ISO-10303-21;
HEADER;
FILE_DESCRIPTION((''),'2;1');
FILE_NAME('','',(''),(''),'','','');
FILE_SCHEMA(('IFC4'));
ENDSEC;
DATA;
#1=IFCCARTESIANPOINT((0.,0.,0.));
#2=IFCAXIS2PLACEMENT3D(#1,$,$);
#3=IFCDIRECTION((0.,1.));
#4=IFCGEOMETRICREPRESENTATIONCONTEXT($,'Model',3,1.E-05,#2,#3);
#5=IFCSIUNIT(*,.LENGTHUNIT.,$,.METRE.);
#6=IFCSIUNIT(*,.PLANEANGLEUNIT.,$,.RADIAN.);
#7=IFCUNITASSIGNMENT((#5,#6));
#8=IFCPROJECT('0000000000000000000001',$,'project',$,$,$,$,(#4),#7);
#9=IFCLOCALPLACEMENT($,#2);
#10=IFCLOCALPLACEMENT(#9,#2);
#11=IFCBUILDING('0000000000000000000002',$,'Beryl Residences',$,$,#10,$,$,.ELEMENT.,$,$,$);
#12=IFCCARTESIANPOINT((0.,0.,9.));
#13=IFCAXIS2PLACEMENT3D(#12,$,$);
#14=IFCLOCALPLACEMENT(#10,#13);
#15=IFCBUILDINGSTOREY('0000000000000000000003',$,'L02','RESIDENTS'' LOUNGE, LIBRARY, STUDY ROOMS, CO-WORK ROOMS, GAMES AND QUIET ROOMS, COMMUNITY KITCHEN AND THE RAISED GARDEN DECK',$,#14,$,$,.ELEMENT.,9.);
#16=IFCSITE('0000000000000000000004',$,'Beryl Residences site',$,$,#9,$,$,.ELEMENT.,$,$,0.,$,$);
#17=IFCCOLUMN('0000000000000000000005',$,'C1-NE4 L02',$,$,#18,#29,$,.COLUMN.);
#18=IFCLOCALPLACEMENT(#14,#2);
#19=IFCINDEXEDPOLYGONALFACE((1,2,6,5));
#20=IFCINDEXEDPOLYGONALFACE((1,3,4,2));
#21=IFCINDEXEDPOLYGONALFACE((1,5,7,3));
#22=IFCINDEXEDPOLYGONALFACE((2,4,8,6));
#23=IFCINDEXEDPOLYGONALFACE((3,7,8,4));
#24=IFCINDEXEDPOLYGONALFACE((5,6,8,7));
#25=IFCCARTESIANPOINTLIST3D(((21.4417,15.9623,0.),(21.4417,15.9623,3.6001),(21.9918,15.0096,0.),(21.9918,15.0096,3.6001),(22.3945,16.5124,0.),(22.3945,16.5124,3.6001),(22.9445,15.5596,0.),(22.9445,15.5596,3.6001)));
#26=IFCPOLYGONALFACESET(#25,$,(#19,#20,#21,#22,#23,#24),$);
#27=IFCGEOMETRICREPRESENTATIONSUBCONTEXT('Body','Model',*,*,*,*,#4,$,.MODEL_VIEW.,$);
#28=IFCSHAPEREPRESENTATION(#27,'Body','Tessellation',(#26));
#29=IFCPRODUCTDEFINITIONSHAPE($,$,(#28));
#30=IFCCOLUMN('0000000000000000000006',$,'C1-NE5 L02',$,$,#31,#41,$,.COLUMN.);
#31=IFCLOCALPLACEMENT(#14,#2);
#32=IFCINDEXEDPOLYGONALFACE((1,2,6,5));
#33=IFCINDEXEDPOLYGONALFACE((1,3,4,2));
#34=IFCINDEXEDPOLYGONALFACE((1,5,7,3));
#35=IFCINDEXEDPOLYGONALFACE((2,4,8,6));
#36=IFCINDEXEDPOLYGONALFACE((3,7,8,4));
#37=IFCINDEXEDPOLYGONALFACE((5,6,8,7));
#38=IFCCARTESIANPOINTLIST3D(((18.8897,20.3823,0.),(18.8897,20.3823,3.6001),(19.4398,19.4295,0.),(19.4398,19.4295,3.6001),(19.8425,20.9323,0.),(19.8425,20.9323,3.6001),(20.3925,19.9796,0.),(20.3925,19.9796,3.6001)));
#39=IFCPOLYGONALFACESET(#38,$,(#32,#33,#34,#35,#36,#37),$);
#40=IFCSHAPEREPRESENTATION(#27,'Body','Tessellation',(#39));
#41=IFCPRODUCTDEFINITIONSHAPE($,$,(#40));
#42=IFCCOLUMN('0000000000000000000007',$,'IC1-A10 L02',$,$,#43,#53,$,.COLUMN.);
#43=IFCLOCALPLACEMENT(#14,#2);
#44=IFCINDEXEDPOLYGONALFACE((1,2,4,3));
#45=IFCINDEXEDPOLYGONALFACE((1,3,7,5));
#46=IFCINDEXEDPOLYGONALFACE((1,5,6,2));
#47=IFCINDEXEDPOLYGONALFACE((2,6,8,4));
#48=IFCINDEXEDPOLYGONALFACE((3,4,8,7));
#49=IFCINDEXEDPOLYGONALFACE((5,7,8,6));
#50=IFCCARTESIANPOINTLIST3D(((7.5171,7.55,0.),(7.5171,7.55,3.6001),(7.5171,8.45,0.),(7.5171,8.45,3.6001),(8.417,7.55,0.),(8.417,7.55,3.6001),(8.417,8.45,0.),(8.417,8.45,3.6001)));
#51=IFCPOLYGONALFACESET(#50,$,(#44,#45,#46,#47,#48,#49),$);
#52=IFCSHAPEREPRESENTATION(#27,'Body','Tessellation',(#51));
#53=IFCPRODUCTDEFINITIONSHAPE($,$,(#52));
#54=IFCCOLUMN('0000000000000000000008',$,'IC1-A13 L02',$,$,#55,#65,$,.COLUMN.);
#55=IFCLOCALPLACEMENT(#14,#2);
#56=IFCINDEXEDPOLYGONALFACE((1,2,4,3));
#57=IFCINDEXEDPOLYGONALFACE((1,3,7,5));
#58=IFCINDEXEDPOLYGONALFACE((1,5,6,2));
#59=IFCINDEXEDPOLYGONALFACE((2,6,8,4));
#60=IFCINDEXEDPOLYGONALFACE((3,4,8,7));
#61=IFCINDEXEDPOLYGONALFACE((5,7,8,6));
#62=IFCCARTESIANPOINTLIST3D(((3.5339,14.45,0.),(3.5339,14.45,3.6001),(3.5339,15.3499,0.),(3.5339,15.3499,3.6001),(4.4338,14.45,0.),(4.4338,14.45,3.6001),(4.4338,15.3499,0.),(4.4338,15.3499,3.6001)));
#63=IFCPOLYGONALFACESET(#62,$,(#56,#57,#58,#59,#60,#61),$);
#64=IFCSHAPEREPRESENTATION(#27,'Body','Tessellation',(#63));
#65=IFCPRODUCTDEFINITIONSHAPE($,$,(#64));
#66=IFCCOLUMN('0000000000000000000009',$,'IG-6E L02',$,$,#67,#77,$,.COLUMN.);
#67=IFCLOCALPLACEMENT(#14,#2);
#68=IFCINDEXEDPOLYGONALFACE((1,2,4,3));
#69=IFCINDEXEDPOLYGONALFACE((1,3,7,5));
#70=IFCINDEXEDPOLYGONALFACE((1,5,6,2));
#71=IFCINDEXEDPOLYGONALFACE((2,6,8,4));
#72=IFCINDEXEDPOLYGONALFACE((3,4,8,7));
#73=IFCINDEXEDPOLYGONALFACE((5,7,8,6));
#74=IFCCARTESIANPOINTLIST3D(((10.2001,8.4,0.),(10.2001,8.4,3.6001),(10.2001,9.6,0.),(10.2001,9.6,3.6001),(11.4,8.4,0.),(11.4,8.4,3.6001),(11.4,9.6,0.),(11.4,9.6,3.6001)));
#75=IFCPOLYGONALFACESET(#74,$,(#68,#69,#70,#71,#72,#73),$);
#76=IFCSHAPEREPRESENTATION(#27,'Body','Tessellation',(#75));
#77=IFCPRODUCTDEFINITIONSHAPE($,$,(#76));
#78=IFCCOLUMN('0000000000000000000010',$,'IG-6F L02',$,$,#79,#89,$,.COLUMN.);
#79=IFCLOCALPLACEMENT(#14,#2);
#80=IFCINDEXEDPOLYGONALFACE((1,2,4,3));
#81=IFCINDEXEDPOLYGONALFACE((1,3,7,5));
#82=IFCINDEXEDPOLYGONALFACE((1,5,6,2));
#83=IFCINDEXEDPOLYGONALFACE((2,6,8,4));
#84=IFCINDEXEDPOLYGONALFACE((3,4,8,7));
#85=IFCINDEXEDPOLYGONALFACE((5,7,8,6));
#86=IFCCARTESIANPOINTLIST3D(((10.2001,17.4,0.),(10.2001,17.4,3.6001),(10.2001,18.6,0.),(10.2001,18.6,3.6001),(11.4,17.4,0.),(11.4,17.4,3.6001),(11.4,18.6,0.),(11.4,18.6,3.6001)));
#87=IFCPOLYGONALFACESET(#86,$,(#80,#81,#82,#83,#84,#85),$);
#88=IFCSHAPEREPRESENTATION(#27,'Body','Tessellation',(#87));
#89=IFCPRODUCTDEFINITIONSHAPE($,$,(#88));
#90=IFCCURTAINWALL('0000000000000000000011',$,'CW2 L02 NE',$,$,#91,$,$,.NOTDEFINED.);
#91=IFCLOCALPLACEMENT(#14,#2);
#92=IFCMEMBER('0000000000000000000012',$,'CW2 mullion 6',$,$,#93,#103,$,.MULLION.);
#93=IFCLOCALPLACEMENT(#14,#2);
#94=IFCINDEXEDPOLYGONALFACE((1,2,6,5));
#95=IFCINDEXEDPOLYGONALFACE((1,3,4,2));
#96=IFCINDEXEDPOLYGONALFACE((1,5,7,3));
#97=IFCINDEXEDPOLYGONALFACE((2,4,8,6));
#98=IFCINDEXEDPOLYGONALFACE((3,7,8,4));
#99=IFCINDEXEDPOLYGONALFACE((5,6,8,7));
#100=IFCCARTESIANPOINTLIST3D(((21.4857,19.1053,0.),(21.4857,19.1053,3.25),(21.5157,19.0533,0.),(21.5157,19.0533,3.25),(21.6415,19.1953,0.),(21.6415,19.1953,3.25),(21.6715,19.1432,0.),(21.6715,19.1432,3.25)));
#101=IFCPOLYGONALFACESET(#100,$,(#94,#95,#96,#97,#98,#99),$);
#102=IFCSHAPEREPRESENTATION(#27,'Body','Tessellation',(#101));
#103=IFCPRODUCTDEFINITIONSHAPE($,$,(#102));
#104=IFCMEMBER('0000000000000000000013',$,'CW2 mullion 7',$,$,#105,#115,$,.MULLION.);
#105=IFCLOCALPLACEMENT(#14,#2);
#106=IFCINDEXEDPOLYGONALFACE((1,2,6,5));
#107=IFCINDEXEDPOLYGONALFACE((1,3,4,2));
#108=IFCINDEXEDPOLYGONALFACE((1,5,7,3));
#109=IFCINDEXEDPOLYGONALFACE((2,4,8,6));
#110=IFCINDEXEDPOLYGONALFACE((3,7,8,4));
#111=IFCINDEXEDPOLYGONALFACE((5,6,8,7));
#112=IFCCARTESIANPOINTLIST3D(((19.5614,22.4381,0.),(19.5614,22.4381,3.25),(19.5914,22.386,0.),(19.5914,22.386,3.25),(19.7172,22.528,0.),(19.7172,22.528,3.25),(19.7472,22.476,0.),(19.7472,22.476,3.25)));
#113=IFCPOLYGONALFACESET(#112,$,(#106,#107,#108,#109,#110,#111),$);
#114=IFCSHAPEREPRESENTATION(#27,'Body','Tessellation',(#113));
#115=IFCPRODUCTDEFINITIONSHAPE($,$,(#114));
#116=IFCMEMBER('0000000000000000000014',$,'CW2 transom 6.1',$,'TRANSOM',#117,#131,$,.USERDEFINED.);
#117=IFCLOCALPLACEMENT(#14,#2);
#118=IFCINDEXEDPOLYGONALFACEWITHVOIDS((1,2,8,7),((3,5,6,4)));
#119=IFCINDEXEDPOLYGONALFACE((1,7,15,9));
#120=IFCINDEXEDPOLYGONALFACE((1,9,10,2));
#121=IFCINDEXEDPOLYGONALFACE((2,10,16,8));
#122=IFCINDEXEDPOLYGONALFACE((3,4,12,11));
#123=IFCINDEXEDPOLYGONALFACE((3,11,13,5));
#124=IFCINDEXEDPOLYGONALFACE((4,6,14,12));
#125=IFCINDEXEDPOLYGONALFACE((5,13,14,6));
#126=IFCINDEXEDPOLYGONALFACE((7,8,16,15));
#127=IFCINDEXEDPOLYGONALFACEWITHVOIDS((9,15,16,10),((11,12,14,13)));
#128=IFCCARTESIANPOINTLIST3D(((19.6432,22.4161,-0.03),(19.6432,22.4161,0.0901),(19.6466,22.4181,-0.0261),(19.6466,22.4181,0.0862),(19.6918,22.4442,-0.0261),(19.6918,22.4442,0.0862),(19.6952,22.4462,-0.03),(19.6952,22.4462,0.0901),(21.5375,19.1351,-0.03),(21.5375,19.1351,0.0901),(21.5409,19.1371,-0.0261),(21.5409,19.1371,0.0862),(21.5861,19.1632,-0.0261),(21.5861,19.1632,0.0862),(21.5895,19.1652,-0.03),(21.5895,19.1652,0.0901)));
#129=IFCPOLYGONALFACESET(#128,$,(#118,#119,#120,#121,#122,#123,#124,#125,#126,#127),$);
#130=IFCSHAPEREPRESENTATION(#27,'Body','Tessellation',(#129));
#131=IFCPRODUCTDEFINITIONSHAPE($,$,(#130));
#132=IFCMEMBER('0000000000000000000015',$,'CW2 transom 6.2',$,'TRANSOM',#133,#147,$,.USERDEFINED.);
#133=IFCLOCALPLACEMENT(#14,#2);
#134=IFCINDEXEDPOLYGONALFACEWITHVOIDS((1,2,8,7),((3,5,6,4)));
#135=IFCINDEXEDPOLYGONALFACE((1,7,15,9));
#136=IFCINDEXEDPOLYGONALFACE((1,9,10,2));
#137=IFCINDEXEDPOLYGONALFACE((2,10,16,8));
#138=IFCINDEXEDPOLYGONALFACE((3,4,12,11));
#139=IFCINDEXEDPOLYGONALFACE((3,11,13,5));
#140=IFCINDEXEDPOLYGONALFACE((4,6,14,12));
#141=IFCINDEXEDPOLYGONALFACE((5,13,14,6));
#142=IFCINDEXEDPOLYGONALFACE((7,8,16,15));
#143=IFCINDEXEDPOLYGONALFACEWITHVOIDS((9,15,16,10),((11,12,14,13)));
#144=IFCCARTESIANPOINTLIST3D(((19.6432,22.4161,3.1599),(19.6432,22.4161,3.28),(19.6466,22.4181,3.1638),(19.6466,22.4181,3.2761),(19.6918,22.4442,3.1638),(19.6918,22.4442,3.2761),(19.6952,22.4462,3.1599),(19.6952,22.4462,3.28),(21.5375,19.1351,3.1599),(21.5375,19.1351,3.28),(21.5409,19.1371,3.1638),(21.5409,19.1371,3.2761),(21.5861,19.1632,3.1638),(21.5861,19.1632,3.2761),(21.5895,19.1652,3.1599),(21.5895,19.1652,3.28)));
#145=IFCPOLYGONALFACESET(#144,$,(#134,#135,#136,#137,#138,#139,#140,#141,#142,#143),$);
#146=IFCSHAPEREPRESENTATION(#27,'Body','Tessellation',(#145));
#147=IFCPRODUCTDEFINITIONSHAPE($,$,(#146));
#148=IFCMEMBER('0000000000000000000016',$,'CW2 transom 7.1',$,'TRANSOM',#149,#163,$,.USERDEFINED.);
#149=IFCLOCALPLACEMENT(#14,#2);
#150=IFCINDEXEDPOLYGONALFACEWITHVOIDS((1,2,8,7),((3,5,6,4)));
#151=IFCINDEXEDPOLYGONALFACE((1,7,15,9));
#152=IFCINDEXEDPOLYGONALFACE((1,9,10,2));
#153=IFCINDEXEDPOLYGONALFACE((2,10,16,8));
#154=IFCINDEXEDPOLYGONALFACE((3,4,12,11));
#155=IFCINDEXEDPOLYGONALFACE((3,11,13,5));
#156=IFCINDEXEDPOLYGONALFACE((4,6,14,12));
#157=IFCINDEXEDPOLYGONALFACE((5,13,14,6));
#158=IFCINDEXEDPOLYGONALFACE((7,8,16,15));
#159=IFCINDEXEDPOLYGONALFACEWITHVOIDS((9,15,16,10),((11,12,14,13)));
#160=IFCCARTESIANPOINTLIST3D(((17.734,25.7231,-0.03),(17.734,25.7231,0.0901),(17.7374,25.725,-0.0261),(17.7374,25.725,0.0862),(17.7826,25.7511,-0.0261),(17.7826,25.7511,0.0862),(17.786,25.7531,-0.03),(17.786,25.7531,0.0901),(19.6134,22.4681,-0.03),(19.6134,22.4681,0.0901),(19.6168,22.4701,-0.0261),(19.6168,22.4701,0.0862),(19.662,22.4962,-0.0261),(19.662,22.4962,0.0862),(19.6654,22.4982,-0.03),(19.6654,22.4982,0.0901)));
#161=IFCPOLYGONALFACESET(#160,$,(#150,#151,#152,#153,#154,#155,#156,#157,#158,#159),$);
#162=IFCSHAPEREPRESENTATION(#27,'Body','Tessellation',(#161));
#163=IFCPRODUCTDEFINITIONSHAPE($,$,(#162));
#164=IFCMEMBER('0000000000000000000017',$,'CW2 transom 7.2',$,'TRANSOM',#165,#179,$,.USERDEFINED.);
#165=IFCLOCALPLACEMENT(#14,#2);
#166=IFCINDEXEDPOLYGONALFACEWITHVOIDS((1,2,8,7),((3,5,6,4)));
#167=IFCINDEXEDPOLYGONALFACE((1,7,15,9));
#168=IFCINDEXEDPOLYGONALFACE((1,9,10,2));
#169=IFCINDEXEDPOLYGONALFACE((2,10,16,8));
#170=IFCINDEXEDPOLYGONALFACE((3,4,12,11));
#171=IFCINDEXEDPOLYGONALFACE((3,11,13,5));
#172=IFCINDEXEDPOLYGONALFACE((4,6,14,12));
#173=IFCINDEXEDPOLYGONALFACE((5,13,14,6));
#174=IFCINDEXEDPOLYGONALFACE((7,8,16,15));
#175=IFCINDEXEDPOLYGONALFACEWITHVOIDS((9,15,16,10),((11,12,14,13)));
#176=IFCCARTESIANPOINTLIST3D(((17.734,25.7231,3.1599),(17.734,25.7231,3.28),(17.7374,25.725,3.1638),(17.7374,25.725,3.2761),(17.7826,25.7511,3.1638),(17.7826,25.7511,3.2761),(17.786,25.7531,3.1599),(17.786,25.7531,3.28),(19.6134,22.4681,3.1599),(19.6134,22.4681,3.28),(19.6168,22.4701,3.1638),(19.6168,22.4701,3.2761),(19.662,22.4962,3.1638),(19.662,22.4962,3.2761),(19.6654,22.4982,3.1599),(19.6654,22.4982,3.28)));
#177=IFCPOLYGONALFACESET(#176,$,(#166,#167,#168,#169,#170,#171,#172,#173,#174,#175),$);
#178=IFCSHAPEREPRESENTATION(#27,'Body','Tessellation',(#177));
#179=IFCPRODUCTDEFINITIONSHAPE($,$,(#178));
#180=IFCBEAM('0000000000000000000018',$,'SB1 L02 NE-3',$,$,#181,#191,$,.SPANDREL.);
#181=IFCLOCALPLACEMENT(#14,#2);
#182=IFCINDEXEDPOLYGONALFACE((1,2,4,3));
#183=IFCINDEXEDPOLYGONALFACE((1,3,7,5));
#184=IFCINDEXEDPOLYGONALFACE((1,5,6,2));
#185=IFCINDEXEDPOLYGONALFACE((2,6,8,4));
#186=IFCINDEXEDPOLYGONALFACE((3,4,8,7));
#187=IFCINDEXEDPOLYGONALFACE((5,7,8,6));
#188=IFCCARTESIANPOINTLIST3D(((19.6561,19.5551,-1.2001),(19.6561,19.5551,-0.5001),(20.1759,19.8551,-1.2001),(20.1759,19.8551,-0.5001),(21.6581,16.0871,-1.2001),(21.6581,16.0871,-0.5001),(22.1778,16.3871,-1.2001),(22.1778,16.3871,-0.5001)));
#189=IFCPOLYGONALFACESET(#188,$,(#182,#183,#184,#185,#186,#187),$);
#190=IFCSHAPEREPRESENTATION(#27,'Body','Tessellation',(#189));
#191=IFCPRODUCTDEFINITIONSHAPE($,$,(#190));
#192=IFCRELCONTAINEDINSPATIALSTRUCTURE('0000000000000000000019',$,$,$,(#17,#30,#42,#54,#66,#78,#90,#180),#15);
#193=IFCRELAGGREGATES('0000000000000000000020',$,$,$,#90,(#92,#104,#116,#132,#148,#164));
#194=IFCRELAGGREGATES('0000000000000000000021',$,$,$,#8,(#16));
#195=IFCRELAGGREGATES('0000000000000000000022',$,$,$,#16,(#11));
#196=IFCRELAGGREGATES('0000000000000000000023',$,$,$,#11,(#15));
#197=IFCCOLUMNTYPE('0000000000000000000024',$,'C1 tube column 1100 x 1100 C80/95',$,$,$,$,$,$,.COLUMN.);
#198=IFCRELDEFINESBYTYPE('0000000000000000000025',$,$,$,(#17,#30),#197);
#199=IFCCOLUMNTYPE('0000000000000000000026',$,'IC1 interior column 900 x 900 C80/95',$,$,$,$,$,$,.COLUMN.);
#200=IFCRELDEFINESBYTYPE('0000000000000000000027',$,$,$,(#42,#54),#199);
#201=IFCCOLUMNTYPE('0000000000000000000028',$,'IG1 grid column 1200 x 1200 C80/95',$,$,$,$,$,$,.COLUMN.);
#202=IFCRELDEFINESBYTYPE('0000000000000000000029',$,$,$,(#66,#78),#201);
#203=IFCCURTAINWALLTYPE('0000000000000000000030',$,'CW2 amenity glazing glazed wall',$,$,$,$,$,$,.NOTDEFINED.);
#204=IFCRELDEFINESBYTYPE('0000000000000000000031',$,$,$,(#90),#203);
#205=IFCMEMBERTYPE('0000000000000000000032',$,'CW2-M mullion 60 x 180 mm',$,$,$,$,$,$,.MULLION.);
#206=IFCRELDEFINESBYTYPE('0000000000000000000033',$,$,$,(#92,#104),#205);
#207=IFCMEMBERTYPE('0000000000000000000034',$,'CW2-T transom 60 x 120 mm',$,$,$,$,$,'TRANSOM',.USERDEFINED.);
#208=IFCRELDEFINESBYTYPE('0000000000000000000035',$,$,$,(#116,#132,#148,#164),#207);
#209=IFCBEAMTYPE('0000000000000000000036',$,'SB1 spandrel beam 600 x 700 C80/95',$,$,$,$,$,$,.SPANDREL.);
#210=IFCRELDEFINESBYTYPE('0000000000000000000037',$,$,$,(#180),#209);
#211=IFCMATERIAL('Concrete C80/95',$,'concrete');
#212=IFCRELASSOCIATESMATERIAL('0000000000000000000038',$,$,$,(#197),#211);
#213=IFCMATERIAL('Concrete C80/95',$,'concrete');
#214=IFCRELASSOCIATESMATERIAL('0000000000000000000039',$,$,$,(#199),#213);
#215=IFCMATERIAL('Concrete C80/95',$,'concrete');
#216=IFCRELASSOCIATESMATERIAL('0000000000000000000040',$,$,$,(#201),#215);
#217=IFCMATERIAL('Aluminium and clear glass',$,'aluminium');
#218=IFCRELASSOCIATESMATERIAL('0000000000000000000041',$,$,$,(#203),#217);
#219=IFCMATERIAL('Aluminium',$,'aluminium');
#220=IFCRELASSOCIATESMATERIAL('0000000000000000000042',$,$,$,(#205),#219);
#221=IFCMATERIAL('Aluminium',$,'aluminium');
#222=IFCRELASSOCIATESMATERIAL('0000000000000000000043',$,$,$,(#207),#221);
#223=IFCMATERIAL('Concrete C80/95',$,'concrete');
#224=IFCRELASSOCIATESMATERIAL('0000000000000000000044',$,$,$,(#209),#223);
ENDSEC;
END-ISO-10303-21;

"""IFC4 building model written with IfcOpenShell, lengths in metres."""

from ifc_helpers import new_model, si_unit, direction, frame, origin, origin_2d, place, context, subcontext, project, spatial, rectangle, hollow_rectangle, extrude, material, material_profile, profile_set, type_object, element, aggregate, save


model = new_model("IFC4")

# Units and contexts
model_context = context("Model", 3, precision=1e-05, world=origin(), true_north=direction((0.0, 1.0)))
body_context = subcontext(model_context, "Body", "Model", "MODEL_VIEW")
ifc_project = project(units=[si_unit("LENGTHUNIT", "METRE"), si_unit("PLANEANGLEUNIT", "RADIAN")], contexts=[model_context])

# Site, building, storey
site_placement = place(None, origin())
site = spatial("IfcSite", under=ifc_project, at=site_placement, Name="Beryl Residences site", CompositionType="ELEMENT", RefElevation=0.0)
building_placement = place(site_placement, origin())
building = spatial("IfcBuilding", under=site, at=building_placement, Name="Beryl Residences", CompositionType="ELEMENT")
storey_placement = place(building_placement, frame((0.0, 0.0, 9.0)))
storey = spatial("IfcBuildingStorey", under=building, at=storey_placement, Name="L02", Description="RESIDENTS' LOUNGE, LIBRARY, STUDY ROOMS, CO-WORK ROOMS, GAMES AND QUIET ROOMS, COMMUNITY KITCHEN AND THE RAISED GARDEN DECK", CompositionType="ELEMENT", Elevation=9.0)

# Columns
ifc_material_1 = material(Name="Concrete C80/95", Category="concrete")
ifc_material_profile_1 = material_profile(ifc_material_1, rectangle(XDim=1.1001, YDim=1.1001, at=origin_2d()))
ifc_profile_set_1 = profile_set([ifc_material_profile_1], Name="Concrete C80/95")
column_type_1 = type_object("IfcColumnType", Name="C1 tube column 1100 x 1100 C80/95", PredefinedType="COLUMN", material=ifc_profile_set_1)
for number, where, z_axis, x_axis, name in (
    (1, (22.1931, 15.761, 0.0), (0.0, 0.0, 1.0), (-0.499985, 0.866034, 0.0), "C1-NE4 L02"),
    (2, (19.6411, 20.1809, 0.0), (0.0, 0.0, 1.0), (-0.499985, 0.866034, 0.0), "C1-NE5 L02"),
):
    element("IfcColumn", number, at=place(storey_placement, frame(where, z_axis=z_axis, x_axis=x_axis)), inside=storey, type_object=column_type_1, Name=name, PredefinedType="COLUMN", context=body_context, shape_type="SweptSolid", body=[
        extrude(rectangle(XDim=1.1001, YDim=1.1001, at=origin_2d()), origin(), (0.0, 0.0, 1.0), 3.6001),
    ])
ifc_material_2 = material(Name="Concrete C80/95", Category="concrete")
ifc_material_profile_2 = material_profile(ifc_material_2, rectangle(XDim=0.8999, YDim=0.8999, at=origin_2d()))
ifc_profile_set_2 = profile_set([ifc_material_profile_2], Name="Concrete C80/95")
column_type_2 = type_object("IfcColumnType", Name="IC1 interior column 900 x 900 C80/95", PredefinedType="COLUMN", material=ifc_profile_set_2)
for number, where, z_axis, x_axis, name in (
    (3, (7.967, 8.0, 0.0), (0.0, 0.0, 1.0), (1.0, 0.0, 0.0), "IC1-A10 L02"),
    (4, (3.9839, 14.8999, 0.0), (0.0, 0.0, 1.0), (1.0, 0.0, 0.0), "IC1-A13 L02"),
):
    element("IfcColumn", number, at=place(storey_placement, frame(where, z_axis=z_axis, x_axis=x_axis)), inside=storey, type_object=column_type_2, Name=name, PredefinedType="COLUMN", context=body_context, shape_type="SweptSolid", body=[
        extrude(rectangle(XDim=0.8999, YDim=0.8999, at=origin_2d()), origin(), (0.0, 0.0, 1.0), 3.6001),
    ])
ifc_material_3 = material(Name="Concrete C80/95", Category="concrete")
ifc_material_profile_3 = material_profile(ifc_material_3, rectangle(XDim=1.2, YDim=1.2, at=origin_2d()))
ifc_profile_set_3 = profile_set([ifc_material_profile_3], Name="Concrete C80/95")
column_type_3 = type_object("IfcColumnType", Name="IG1 grid column 1200 x 1200 C80/95", PredefinedType="COLUMN", material=ifc_profile_set_3)
for number, where, z_axis, x_axis, name in (
    (5, (10.8, 9.0, 0.0), (0.0, 0.0, 1.0), (1.0, 0.0, 0.0), "IG-6E L02"),
    (6, (10.8, 18.0, 0.0), (0.0, 0.0, 1.0), (1.0, 0.0, 0.0), "IG-6F L02"),
):
    element("IfcColumn", number, at=place(storey_placement, frame(where, z_axis=z_axis, x_axis=x_axis)), inside=storey, type_object=column_type_3, Name=name, PredefinedType="COLUMN", context=body_context, shape_type="SweptSolid", body=[
        extrude(rectangle(XDim=1.2, YDim=1.2, at=origin_2d()), origin(), (0.0, 0.0, 1.0), 3.6001),
    ])

# Curtain wall, members
ifc_material_4 = material(Name="Aluminium and clear glass", Category="aluminium")
curtain_wall_type = type_object("IfcCurtainWallType", Name="CW2 amenity glazing glazed wall", PredefinedType="NOTDEFINED", material=ifc_material_4)
curtain_wall_placement = place(storey_placement, origin())
curtain_wall = element("IfcCurtainWall", 7, at=curtain_wall_placement, inside=storey, type_object=curtain_wall_type, Name="CW2 L02 NE", PredefinedType="NOTDEFINED")
ifc_material_5 = material(Name="Aluminium", Category="aluminium")
ifc_material_profile_4 = material_profile(ifc_material_5, rectangle(XDim=0.0601, YDim=0.1799, at=origin_2d()))
ifc_profile_set_4 = profile_set([ifc_material_profile_4], Name="Aluminium")
member_type_1 = type_object("IfcMemberType", Name="CW2-M mullion 60 x 180 mm", PredefinedType="MULLION", material=ifc_profile_set_4)
member_1_placement = place(storey_placement, frame((21.5786, 19.1243, 0.0), z_axis=(0.0, 0.0, 1.0), x_axis=(-0.500012, 0.866019, 0.0)))
member_1 = element("IfcMember", 8, at=member_1_placement, type_object=member_type_1, Name="CW2 mullion 6", PredefinedType="MULLION", context=body_context, shape_type="SweptSolid", body=[
    extrude(rectangle(XDim=0.0601, YDim=0.1799, at=origin_2d()), origin(), (0.0, 0.0, 1.0), 3.25),
])
member_2_placement = place(storey_placement, frame((19.6543, 22.457, 0.0), z_axis=(0.0, 0.0, 1.0), x_axis=(-0.500012, 0.866019, 0.0)))
member_2 = element("IfcMember", 9, at=member_2_placement, type_object=member_type_1, Name="CW2 mullion 7", PredefinedType="MULLION", context=body_context, shape_type="SweptSolid", body=[
    extrude(rectangle(XDim=0.0601, YDim=0.1799, at=origin_2d()), origin(), (0.0, 0.0, 1.0), 3.25),
])
ifc_material_6 = material(Name="Aluminium", Category="aluminium")
ifc_material_profile_5 = material_profile(ifc_material_6, hollow_rectangle(XDim=0.0601, YDim=0.1201, WallThickness=0.0039, at=origin_2d()))
ifc_profile_set_5 = profile_set([ifc_material_profile_5], Name="Aluminium")
member_type_2 = type_object("IfcMemberType", Name="CW2-T transom 60 x 120 mm", ElementType="TRANSOM", PredefinedType="USERDEFINED", material=ifc_profile_set_5)
member_3_placement = place(storey_placement, frame((21.5635, 19.1501, 0.03), z_axis=(-0.5, 0.866026, 0.0), x_axis=(-0.866026, -0.5, 0.0)))
member_3 = element("IfcMember", 10, at=member_3_placement, type_object=member_type_2, Name="CW2 transom 6.1", ObjectType="TRANSOM", PredefinedType="USERDEFINED", context=body_context, shape_type="SweptSolid", body=[
    extrude(hollow_rectangle(XDim=0.0601, YDim=0.1201, WallThickness=0.0039, at=origin_2d()), origin(), (0.0, 0.0, 1.0), 3.7886),
])
member_4_placement = place(storey_placement, frame((21.5635, 19.1501, 3.22), z_axis=(-0.5, 0.866026, 0.0), x_axis=(-0.866026, -0.5, 0.0)))
member_4 = element("IfcMember", 11, at=member_4_placement, type_object=member_type_2, Name="CW2 transom 6.2", ObjectType="TRANSOM", PredefinedType="USERDEFINED", context=body_context, shape_type="SweptSolid", body=[
    extrude(hollow_rectangle(XDim=0.0601, YDim=0.1201, WallThickness=0.0039, at=origin_2d()), origin(), (0.0, 0.0, 1.0), 3.7886),
])
member_5_placement = place(storey_placement, frame((19.6394, 22.4832, 0.03), z_axis=(-0.500037, 0.866004, 0.0), x_axis=(-0.866004, -0.500037, 0.0)))
member_5 = element("IfcMember", 12, at=member_5_placement, type_object=member_type_2, Name="CW2 transom 7.1", ObjectType="TRANSOM", PredefinedType="USERDEFINED", context=body_context, shape_type="SweptSolid", body=[
    extrude(hollow_rectangle(XDim=0.0601, YDim=0.1201, WallThickness=0.0039, at=origin_2d()), origin(), (0.0, 0.0, 1.0), 3.7585),
])
member_6_placement = place(storey_placement, frame((19.6394, 22.4832, 3.22), z_axis=(-0.500037, 0.866004, 0.0), x_axis=(-0.866004, -0.500037, 0.0)))
member_6 = element("IfcMember", 13, at=member_6_placement, type_object=member_type_2, Name="CW2 transom 7.2", ObjectType="TRANSOM", PredefinedType="USERDEFINED", context=body_context, shape_type="SweptSolid", body=[
    extrude(hollow_rectangle(XDim=0.0601, YDim=0.1201, WallThickness=0.0039, at=origin_2d()), origin(), (0.0, 0.0, 1.0), 3.7585),
])

# Beam
ifc_material_7 = material(Name="Concrete C80/95", Category="concrete")
ifc_material_profile_6 = material_profile(ifc_material_7, rectangle(XDim=0.6001, YDim=0.7, at=origin_2d()))
ifc_profile_set_6 = profile_set([ifc_material_profile_6], Name="Concrete C80/95")
beam_type = type_object("IfcBeamType", Name="SB1 spandrel beam 600 x 700 C80/95", PredefinedType="SPANDREL", material=ifc_profile_set_6)
for number, where, z_axis, x_axis, name in (
    (14, (21.918, 16.2371, -0.8501), (-0.499942, 0.866059, 0.0), (-0.866059, -0.499942, 0.0), "SB1 L02 NE-3"),
):
    element("IfcBeam", number, at=place(storey_placement, frame(where, z_axis=z_axis, x_axis=x_axis)), inside=storey, type_object=beam_type, Name=name, PredefinedType="SPANDREL", context=body_context, shape_type="SweptSolid", body=[
        extrude(rectangle(XDim=0.6001, YDim=0.7, at=origin_2d()), origin(), (0.0, 0.0, 1.0), 4.0044),
    ])

aggregate(curtain_wall, [member_1, member_2, member_3, member_4, member_5, member_6])

save(model, "model.ifc")
